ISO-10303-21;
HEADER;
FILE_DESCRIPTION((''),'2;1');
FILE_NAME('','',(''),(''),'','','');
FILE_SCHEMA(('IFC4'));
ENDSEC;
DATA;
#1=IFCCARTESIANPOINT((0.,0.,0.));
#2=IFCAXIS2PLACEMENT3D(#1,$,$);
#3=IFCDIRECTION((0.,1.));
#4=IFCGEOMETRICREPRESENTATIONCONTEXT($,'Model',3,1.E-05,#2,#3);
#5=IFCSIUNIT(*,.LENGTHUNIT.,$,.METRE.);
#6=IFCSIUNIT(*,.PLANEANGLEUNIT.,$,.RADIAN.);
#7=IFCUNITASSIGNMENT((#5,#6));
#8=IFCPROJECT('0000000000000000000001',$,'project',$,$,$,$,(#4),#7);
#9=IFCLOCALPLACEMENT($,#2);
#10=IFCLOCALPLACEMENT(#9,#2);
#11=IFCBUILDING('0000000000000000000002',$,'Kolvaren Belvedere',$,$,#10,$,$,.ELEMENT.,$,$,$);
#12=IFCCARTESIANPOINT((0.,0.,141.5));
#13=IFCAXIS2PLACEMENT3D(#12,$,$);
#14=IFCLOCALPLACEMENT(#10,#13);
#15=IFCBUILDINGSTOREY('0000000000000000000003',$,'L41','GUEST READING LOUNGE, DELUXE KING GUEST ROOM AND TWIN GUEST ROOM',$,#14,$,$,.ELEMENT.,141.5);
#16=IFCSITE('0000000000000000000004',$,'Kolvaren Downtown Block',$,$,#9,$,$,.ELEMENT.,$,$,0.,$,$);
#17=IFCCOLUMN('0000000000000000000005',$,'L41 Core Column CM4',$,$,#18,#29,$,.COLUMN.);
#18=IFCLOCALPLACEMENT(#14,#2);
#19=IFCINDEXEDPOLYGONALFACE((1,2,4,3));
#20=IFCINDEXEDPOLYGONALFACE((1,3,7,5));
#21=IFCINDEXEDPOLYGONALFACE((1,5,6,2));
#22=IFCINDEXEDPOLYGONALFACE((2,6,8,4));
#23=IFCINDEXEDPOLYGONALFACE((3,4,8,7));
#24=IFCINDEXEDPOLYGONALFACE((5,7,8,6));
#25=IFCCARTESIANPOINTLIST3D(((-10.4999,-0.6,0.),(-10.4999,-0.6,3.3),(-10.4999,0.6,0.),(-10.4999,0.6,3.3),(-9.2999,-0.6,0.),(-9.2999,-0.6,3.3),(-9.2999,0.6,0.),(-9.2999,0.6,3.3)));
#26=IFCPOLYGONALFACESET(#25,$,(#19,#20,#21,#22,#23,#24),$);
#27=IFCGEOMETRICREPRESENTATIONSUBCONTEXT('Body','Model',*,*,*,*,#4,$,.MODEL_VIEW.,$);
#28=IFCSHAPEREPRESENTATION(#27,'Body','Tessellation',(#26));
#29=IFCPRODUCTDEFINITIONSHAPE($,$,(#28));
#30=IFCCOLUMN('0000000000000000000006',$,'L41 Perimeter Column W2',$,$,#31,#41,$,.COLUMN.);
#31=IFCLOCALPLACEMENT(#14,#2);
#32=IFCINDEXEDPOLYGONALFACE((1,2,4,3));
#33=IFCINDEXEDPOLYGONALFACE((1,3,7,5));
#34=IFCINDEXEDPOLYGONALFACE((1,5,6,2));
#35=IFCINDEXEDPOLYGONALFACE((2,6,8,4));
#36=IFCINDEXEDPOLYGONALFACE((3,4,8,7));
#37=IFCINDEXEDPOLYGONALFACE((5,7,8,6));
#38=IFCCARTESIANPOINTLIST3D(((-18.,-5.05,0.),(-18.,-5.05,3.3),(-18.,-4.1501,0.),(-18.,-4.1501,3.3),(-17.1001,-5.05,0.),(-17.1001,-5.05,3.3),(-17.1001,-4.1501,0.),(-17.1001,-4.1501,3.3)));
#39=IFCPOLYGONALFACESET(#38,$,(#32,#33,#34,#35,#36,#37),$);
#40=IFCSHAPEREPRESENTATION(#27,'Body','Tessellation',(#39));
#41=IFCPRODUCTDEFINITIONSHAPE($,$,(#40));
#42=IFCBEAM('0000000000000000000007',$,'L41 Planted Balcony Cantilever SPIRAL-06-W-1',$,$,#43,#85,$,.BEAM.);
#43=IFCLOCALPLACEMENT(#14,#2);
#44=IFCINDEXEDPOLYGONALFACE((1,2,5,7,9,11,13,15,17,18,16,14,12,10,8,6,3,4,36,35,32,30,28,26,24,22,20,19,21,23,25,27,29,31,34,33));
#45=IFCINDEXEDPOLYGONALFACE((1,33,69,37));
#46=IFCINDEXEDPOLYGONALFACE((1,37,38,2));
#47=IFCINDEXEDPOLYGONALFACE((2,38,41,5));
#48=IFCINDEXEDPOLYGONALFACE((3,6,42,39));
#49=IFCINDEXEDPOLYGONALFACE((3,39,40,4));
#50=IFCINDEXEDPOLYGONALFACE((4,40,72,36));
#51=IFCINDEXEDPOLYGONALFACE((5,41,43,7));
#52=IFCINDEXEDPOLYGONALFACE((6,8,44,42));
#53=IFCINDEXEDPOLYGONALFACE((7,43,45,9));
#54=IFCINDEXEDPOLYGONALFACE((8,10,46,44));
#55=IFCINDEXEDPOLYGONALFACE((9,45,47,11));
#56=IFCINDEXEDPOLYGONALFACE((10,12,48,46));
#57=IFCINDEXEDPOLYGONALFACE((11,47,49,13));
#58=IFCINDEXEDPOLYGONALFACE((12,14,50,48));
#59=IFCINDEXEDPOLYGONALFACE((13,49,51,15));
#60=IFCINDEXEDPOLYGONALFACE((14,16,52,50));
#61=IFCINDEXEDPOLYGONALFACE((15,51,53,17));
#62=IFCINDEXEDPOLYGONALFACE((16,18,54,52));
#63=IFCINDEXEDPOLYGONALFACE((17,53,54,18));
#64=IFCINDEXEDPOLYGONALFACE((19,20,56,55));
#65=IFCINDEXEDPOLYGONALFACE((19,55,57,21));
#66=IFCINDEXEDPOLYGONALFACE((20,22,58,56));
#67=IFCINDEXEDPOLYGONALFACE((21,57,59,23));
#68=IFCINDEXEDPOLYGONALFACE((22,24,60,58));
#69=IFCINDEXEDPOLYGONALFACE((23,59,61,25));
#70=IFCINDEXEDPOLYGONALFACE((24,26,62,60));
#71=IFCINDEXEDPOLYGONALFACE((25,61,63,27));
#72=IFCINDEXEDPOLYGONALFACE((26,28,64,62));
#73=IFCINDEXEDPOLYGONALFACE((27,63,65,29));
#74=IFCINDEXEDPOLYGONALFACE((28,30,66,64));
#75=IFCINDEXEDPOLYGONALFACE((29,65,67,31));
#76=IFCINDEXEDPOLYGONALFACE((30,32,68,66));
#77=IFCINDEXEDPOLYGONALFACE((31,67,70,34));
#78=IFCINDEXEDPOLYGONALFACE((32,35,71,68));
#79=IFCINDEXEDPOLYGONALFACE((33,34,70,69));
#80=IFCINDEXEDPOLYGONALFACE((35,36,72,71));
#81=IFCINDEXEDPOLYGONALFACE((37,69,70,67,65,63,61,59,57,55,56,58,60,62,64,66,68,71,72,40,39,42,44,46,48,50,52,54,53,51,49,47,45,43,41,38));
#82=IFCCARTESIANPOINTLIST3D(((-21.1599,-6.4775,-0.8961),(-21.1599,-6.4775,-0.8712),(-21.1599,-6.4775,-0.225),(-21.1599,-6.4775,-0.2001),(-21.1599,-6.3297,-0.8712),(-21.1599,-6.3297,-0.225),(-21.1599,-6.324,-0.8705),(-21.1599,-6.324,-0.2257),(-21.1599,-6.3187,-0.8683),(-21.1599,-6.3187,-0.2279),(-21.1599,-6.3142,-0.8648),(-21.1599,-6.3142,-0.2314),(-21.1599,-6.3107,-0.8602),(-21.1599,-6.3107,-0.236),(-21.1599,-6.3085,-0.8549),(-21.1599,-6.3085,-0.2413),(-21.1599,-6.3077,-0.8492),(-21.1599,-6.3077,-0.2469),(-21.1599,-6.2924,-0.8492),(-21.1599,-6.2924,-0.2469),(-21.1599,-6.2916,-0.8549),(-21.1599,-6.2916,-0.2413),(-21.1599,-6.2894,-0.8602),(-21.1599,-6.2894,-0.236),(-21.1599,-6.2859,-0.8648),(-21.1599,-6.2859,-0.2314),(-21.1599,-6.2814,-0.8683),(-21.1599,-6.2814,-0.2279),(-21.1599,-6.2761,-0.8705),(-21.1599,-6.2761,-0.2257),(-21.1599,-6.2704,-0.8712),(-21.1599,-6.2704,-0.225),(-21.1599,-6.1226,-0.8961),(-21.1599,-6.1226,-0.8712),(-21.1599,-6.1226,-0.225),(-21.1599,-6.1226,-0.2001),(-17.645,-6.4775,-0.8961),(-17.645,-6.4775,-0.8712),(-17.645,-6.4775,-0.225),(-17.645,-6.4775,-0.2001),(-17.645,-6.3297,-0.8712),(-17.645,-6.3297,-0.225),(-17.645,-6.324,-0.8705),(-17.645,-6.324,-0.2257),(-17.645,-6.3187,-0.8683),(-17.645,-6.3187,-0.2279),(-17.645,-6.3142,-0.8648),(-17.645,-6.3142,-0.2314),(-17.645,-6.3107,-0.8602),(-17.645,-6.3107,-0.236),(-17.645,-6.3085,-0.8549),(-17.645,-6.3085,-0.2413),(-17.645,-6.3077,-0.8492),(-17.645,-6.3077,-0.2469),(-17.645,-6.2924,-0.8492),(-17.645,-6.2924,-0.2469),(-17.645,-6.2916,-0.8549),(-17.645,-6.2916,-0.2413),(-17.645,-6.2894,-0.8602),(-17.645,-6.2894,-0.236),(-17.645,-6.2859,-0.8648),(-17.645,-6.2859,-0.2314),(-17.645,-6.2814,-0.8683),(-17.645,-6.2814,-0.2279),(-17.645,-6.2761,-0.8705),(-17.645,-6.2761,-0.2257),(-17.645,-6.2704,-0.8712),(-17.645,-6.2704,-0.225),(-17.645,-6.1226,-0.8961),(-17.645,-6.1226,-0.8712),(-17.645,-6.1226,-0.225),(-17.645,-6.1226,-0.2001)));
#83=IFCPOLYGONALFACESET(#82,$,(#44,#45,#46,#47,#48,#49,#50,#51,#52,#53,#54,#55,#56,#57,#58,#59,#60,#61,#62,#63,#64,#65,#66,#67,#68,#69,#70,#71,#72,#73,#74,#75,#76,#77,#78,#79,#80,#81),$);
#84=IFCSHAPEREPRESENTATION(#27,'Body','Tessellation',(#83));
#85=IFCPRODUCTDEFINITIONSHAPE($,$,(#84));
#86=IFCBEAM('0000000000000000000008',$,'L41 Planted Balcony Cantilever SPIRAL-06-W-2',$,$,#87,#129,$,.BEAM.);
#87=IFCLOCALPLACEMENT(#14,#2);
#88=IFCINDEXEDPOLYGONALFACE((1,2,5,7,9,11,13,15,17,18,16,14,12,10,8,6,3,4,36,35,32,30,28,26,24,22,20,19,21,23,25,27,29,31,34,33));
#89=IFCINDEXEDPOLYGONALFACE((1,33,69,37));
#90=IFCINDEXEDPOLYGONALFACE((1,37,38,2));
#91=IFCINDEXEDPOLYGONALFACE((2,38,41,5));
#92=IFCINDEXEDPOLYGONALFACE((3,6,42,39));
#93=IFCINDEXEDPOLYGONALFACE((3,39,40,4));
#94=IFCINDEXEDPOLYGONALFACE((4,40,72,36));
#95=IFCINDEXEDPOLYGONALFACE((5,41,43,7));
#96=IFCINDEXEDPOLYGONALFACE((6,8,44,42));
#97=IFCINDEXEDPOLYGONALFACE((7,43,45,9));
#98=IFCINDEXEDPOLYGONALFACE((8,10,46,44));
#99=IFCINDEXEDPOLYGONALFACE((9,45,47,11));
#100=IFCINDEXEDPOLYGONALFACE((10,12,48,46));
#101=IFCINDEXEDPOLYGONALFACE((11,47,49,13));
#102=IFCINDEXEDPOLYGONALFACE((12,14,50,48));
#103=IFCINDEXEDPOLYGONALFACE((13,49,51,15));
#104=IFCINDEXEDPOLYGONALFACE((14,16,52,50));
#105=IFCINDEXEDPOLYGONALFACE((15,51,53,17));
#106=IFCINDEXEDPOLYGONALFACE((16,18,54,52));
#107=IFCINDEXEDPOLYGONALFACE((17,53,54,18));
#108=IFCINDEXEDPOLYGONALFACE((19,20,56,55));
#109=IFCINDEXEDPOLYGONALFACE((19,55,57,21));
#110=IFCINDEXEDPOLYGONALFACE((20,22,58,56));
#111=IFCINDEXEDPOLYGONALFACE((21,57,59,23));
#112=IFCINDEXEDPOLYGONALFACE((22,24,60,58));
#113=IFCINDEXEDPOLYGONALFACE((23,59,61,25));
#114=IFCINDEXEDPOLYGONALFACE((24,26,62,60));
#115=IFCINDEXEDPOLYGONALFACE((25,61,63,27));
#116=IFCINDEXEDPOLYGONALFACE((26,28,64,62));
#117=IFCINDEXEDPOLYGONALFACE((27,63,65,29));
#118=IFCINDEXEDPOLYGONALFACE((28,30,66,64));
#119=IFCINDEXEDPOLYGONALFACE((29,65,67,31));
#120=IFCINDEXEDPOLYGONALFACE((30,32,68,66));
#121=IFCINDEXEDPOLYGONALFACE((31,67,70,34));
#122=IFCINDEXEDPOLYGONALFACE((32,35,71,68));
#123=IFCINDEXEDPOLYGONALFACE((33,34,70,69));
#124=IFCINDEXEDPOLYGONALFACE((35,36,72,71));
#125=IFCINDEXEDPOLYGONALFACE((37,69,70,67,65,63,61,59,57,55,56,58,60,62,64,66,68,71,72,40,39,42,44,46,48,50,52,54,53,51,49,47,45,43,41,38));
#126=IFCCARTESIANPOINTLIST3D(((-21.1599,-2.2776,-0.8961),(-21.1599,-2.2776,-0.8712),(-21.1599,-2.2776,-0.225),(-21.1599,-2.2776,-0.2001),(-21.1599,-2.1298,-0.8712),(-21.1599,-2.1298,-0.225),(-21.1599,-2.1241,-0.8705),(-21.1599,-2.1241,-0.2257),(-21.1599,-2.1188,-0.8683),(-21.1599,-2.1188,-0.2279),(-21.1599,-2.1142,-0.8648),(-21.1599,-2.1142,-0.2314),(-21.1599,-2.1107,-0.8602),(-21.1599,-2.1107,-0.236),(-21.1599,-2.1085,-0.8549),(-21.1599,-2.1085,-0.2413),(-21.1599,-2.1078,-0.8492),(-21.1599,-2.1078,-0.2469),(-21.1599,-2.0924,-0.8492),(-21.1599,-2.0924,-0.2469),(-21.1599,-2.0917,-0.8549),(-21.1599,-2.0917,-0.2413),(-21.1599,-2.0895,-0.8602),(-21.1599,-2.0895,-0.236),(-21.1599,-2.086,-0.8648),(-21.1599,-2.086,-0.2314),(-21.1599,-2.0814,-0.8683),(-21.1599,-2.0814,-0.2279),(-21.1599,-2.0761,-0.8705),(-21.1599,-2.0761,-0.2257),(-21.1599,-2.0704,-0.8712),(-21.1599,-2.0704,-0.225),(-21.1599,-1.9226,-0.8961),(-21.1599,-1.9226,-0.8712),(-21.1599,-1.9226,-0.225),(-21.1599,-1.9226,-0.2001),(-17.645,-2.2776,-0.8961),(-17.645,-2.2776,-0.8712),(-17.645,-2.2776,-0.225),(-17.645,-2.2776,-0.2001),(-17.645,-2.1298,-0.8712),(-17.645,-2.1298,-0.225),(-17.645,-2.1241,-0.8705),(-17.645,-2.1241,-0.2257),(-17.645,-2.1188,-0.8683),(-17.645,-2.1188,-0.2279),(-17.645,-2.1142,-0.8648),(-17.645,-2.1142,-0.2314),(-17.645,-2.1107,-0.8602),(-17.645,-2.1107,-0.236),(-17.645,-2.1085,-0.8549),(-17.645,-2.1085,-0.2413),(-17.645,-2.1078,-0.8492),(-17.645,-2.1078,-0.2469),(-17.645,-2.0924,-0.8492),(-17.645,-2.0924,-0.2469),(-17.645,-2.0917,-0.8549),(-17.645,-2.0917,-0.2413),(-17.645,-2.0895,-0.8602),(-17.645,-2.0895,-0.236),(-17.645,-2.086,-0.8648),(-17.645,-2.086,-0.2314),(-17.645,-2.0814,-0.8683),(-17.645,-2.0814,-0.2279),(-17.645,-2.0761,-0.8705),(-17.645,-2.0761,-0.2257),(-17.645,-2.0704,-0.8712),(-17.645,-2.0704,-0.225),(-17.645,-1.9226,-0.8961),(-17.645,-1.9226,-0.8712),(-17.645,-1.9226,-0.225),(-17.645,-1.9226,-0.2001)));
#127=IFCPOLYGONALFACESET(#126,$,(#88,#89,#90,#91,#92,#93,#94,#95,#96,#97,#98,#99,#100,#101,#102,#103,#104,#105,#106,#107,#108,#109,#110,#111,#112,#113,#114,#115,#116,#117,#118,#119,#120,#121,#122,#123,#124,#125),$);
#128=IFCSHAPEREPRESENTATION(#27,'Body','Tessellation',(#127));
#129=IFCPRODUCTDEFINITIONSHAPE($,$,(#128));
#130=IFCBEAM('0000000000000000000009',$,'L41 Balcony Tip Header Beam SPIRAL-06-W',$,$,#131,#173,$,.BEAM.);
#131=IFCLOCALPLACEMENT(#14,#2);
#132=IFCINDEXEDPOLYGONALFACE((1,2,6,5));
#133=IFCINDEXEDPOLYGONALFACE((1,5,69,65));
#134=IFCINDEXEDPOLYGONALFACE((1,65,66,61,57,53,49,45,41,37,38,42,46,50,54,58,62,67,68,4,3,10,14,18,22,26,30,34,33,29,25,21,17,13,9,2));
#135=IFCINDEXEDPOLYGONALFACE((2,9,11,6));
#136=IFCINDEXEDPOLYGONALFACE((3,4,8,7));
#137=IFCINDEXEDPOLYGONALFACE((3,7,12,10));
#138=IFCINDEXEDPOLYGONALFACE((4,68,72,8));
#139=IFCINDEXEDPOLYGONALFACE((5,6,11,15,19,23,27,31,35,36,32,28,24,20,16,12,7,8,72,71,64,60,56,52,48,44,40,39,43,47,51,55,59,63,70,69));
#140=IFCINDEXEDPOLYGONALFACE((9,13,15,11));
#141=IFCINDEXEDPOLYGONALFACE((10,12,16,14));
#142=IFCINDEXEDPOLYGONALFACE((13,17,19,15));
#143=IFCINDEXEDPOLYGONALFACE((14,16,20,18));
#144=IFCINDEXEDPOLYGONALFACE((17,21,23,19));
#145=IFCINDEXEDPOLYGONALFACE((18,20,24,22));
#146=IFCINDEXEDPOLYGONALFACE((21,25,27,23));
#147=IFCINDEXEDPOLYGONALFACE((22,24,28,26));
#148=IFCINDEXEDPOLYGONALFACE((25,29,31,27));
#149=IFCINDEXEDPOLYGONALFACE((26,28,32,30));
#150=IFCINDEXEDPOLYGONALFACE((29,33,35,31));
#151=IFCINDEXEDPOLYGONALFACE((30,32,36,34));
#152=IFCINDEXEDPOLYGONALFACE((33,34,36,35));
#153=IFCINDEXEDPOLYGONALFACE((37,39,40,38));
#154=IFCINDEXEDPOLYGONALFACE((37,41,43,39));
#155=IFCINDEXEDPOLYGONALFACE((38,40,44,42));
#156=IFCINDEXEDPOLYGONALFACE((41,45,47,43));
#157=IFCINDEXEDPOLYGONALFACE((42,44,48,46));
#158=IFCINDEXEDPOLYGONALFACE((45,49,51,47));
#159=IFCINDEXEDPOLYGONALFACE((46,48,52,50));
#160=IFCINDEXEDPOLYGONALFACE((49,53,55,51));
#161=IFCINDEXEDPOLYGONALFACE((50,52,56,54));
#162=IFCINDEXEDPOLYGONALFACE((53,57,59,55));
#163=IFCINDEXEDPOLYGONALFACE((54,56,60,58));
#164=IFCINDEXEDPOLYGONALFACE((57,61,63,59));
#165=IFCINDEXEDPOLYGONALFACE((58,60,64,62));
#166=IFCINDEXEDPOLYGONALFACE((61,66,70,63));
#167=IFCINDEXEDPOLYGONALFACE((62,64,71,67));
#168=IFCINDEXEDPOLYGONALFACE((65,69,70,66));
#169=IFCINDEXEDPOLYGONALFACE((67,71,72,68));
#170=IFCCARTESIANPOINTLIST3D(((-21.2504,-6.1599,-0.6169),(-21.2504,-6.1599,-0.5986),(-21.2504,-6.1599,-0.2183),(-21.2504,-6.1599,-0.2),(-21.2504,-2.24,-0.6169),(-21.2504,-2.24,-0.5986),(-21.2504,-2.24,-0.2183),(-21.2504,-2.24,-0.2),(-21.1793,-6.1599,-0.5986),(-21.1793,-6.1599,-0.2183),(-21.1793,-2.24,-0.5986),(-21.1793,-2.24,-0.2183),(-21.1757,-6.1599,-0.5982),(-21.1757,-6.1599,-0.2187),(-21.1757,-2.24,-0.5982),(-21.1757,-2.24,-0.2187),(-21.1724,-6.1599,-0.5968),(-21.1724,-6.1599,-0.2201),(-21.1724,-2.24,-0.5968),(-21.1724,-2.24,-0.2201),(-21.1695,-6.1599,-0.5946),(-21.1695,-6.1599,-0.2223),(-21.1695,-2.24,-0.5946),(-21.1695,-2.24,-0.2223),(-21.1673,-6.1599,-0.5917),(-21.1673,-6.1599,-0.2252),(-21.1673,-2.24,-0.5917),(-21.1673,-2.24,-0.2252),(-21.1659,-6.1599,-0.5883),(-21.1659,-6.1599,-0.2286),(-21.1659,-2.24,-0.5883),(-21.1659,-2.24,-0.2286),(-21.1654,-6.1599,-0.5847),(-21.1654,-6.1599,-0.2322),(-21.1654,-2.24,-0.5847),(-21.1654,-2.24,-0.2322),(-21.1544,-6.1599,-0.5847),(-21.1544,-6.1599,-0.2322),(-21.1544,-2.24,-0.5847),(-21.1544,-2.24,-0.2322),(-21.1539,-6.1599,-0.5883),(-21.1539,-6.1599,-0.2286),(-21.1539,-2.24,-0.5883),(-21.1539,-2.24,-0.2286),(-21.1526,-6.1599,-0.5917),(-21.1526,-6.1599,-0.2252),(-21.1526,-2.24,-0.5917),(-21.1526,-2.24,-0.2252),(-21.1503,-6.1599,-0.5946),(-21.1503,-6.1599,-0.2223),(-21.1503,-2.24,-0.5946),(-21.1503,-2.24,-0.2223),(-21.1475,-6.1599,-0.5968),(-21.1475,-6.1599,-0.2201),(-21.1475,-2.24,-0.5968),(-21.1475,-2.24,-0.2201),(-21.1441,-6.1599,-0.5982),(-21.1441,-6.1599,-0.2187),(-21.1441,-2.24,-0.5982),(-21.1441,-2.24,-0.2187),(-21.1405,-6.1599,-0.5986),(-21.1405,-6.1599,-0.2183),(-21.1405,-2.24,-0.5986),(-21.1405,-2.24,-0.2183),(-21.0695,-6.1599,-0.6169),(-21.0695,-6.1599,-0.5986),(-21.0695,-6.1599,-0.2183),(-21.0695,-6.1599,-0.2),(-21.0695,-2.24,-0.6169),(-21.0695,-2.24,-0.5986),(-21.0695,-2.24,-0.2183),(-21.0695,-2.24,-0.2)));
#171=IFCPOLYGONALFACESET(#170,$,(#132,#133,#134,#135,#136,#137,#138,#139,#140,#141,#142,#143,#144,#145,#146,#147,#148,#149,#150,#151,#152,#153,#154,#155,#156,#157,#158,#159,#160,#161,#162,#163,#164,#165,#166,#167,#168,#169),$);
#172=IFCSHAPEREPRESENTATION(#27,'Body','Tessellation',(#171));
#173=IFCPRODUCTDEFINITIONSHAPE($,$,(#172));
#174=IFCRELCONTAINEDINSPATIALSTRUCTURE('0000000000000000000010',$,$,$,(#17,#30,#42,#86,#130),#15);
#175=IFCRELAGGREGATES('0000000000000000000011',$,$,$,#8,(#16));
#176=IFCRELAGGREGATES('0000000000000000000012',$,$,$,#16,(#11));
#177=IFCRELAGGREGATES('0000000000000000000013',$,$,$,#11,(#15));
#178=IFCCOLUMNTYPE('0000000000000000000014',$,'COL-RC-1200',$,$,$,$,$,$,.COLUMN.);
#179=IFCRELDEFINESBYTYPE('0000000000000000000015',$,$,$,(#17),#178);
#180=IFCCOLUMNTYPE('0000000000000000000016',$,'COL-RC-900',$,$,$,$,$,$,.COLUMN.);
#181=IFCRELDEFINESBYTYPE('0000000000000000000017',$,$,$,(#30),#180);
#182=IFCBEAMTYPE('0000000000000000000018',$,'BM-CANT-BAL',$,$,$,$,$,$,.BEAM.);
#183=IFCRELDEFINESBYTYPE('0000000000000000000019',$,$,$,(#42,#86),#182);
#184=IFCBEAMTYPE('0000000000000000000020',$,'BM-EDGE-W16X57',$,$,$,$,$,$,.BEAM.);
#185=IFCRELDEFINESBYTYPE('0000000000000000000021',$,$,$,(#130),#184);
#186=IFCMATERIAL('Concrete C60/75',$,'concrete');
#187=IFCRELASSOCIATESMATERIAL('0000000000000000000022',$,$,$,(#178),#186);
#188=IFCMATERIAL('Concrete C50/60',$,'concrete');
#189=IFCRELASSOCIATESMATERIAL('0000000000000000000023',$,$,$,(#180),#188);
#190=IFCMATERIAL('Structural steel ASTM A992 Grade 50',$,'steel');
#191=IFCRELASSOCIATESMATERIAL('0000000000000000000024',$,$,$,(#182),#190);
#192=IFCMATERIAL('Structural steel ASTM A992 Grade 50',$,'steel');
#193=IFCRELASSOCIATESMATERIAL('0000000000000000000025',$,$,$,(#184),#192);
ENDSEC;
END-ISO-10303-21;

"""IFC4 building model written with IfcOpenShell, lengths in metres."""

from ifc_helpers import new_model, si_unit, direction, frame, origin, origin_2d, place, context, subcontext, project, spatial, rectangle, i_section, extrude, material, material_profile, profile_set, type_object, element, save


model = new_model("IFC4")

# Units and contexts
model_context = context("Model", 3, precision=1e-05, world=origin(), true_north=direction((0.0, 1.0)))
body_context = subcontext(model_context, "Body", "Model", "MODEL_VIEW")
ifc_project = project(units=[si_unit("LENGTHUNIT", "METRE"), si_unit("PLANEANGLEUNIT", "RADIAN")], contexts=[model_context])

# Site, building, storey
site_placement = place(None, origin())
site = spatial("IfcSite", under=ifc_project, at=site_placement, Name="Kolvaren Downtown Block", CompositionType="ELEMENT", RefElevation=0.0)
building_placement = place(site_placement, origin())
building = spatial("IfcBuilding", under=site, at=building_placement, Name="Kolvaren Belvedere", CompositionType="ELEMENT")
storey_placement = place(building_placement, frame((0.0, 0.0, 141.5)))
storey = spatial("IfcBuildingStorey", under=building, at=storey_placement, Name="L41", Description="GUEST READING LOUNGE, DELUXE KING GUEST ROOM AND TWIN GUEST ROOM", CompositionType="ELEMENT", Elevation=141.5)

# Columns
ifc_material_1 = material(Name="Concrete C60/75", Category="concrete")
ifc_material_profile_1 = material_profile(ifc_material_1, rectangle(XDim=1.2, YDim=1.2, at=origin_2d()), Name="RC 1200X1200")
ifc_profile_set_1 = profile_set([ifc_material_profile_1], Name="Concrete C60/75")
column_type_1 = type_object("IfcColumnType", Name="COL-RC-1200", PredefinedType="COLUMN", material=ifc_profile_set_1)
column_1_placement = place(storey_placement, frame((-9.8999, 0.0, 0.0), z_axis=(0.0, 0.0, 1.0), x_axis=(1.0, 0.0, 0.0)))
element("IfcColumn", 1, at=column_1_placement, inside=storey, type_object=column_type_1, Name="L41 Core Column CM4", PredefinedType="COLUMN", context=body_context, shape_type="SweptSolid", body=[
    extrude(rectangle(XDim=1.2, YDim=1.2, at=origin_2d()), origin(), (0.0, 0.0, 1.0), 3.3),
])
ifc_material_2 = material(Name="Concrete C50/60", Category="concrete")
ifc_material_profile_2 = material_profile(ifc_material_2, rectangle(XDim=0.8999, YDim=0.8999, at=origin_2d()), Name="RC 900X900")
ifc_profile_set_2 = profile_set([ifc_material_profile_2], Name="Concrete C50/60")
column_type_2 = type_object("IfcColumnType", Name="COL-RC-900", PredefinedType="COLUMN", material=ifc_profile_set_2)
column_2_placement = place(storey_placement, frame((-17.55, -4.6001, 0.0), z_axis=(0.0, 0.0, 1.0), x_axis=(1.0, 0.0, 0.0)))
element("IfcColumn", 2, at=column_2_placement, inside=storey, type_object=column_type_2, Name="L41 Perimeter Column W2", PredefinedType="COLUMN", context=body_context, shape_type="SweptSolid", body=[
    extrude(rectangle(XDim=0.8999, YDim=0.8999, at=origin_2d()), origin(), (0.0, 0.0, 1.0), 3.3),
])

# Beams
ifc_material_3 = material(Name="Structural steel ASTM A992 Grade 50", Category="steel")
ifc_material_profile_3 = material_profile(ifc_material_3, i_section(OverallWidth=0.355, OverallDepth=0.696, WebThickness=0.0154, FlangeThickness=0.0249, FilletRadius=0.022, at=origin_2d()), Name="W27X146")
ifc_profile_set_3 = profile_set([ifc_material_profile_3], Name="Structural steel ASTM A992 Grade 50")
beam_type_1 = type_object("IfcBeamType", Name="BM-CANT-BAL", PredefinedType="BEAM", material=ifc_profile_set_3)
for number, where, z_axis, x_axis, name in (
    (3, (-17.645, -6.3, -0.5481), (-1.0, 0.0, 0.0), (0.0, -1.0, 0.0), "L41 Planted Balcony Cantilever SPIRAL-06-W-1"),
    (4, (-17.645, -2.1001, -0.5481), (-1.0, 0.0, 0.0), (0.0, -1.0, 0.0), "L41 Planted Balcony Cantilever SPIRAL-06-W-2"),
):
    element("IfcBeam", number, at=place(storey_placement, frame(where, z_axis=z_axis, x_axis=x_axis)), inside=storey, type_object=beam_type_1, Name=name, PredefinedType="BEAM", context=body_context, shape_type="SweptSolid", body=[
        extrude(i_section(OverallWidth=0.355, OverallDepth=0.696, WebThickness=0.0154, FlangeThickness=0.0249, FilletRadius=0.022, at=origin_2d()), origin(), (0.0, 0.0, 1.0), 3.5149),
    ])
ifc_material_4 = material(Name="Structural steel ASTM A992 Grade 50", Category="steel")
ifc_material_profile_4 = material_profile(ifc_material_4, i_section(OverallWidth=0.1809, OverallDepth=0.417, WebThickness=0.011, FlangeThickness=0.0183, FilletRadius=0.0139, at=origin_2d()), Name="W16X57")
ifc_profile_set_4 = profile_set([ifc_material_profile_4], Name="Structural steel ASTM A992 Grade 50")
beam_type_2 = type_object("IfcBeamType", Name="BM-EDGE-W16X57", PredefinedType="BEAM", material=ifc_profile_set_4)
beam_1_placement = place(storey_placement, frame((-21.1599, -6.1599, -0.4084), z_axis=(0.0, 1.0, 0.0), x_axis=(-1.0, 0.0, 0.0)))
element("IfcBeam", 5, at=beam_1_placement, inside=storey, type_object=beam_type_2, Name="L41 Balcony Tip Header Beam SPIRAL-06-W", PredefinedType="BEAM", context=body_context, shape_type="SweptSolid", body=[
    extrude(i_section(OverallWidth=0.1809, OverallDepth=0.417, WebThickness=0.011, FlangeThickness=0.0183, FilletRadius=0.0139, at=origin_2d()), origin(), (0.0, 0.0, 1.0), 3.9199),
])

save(model, "model.ifc")
